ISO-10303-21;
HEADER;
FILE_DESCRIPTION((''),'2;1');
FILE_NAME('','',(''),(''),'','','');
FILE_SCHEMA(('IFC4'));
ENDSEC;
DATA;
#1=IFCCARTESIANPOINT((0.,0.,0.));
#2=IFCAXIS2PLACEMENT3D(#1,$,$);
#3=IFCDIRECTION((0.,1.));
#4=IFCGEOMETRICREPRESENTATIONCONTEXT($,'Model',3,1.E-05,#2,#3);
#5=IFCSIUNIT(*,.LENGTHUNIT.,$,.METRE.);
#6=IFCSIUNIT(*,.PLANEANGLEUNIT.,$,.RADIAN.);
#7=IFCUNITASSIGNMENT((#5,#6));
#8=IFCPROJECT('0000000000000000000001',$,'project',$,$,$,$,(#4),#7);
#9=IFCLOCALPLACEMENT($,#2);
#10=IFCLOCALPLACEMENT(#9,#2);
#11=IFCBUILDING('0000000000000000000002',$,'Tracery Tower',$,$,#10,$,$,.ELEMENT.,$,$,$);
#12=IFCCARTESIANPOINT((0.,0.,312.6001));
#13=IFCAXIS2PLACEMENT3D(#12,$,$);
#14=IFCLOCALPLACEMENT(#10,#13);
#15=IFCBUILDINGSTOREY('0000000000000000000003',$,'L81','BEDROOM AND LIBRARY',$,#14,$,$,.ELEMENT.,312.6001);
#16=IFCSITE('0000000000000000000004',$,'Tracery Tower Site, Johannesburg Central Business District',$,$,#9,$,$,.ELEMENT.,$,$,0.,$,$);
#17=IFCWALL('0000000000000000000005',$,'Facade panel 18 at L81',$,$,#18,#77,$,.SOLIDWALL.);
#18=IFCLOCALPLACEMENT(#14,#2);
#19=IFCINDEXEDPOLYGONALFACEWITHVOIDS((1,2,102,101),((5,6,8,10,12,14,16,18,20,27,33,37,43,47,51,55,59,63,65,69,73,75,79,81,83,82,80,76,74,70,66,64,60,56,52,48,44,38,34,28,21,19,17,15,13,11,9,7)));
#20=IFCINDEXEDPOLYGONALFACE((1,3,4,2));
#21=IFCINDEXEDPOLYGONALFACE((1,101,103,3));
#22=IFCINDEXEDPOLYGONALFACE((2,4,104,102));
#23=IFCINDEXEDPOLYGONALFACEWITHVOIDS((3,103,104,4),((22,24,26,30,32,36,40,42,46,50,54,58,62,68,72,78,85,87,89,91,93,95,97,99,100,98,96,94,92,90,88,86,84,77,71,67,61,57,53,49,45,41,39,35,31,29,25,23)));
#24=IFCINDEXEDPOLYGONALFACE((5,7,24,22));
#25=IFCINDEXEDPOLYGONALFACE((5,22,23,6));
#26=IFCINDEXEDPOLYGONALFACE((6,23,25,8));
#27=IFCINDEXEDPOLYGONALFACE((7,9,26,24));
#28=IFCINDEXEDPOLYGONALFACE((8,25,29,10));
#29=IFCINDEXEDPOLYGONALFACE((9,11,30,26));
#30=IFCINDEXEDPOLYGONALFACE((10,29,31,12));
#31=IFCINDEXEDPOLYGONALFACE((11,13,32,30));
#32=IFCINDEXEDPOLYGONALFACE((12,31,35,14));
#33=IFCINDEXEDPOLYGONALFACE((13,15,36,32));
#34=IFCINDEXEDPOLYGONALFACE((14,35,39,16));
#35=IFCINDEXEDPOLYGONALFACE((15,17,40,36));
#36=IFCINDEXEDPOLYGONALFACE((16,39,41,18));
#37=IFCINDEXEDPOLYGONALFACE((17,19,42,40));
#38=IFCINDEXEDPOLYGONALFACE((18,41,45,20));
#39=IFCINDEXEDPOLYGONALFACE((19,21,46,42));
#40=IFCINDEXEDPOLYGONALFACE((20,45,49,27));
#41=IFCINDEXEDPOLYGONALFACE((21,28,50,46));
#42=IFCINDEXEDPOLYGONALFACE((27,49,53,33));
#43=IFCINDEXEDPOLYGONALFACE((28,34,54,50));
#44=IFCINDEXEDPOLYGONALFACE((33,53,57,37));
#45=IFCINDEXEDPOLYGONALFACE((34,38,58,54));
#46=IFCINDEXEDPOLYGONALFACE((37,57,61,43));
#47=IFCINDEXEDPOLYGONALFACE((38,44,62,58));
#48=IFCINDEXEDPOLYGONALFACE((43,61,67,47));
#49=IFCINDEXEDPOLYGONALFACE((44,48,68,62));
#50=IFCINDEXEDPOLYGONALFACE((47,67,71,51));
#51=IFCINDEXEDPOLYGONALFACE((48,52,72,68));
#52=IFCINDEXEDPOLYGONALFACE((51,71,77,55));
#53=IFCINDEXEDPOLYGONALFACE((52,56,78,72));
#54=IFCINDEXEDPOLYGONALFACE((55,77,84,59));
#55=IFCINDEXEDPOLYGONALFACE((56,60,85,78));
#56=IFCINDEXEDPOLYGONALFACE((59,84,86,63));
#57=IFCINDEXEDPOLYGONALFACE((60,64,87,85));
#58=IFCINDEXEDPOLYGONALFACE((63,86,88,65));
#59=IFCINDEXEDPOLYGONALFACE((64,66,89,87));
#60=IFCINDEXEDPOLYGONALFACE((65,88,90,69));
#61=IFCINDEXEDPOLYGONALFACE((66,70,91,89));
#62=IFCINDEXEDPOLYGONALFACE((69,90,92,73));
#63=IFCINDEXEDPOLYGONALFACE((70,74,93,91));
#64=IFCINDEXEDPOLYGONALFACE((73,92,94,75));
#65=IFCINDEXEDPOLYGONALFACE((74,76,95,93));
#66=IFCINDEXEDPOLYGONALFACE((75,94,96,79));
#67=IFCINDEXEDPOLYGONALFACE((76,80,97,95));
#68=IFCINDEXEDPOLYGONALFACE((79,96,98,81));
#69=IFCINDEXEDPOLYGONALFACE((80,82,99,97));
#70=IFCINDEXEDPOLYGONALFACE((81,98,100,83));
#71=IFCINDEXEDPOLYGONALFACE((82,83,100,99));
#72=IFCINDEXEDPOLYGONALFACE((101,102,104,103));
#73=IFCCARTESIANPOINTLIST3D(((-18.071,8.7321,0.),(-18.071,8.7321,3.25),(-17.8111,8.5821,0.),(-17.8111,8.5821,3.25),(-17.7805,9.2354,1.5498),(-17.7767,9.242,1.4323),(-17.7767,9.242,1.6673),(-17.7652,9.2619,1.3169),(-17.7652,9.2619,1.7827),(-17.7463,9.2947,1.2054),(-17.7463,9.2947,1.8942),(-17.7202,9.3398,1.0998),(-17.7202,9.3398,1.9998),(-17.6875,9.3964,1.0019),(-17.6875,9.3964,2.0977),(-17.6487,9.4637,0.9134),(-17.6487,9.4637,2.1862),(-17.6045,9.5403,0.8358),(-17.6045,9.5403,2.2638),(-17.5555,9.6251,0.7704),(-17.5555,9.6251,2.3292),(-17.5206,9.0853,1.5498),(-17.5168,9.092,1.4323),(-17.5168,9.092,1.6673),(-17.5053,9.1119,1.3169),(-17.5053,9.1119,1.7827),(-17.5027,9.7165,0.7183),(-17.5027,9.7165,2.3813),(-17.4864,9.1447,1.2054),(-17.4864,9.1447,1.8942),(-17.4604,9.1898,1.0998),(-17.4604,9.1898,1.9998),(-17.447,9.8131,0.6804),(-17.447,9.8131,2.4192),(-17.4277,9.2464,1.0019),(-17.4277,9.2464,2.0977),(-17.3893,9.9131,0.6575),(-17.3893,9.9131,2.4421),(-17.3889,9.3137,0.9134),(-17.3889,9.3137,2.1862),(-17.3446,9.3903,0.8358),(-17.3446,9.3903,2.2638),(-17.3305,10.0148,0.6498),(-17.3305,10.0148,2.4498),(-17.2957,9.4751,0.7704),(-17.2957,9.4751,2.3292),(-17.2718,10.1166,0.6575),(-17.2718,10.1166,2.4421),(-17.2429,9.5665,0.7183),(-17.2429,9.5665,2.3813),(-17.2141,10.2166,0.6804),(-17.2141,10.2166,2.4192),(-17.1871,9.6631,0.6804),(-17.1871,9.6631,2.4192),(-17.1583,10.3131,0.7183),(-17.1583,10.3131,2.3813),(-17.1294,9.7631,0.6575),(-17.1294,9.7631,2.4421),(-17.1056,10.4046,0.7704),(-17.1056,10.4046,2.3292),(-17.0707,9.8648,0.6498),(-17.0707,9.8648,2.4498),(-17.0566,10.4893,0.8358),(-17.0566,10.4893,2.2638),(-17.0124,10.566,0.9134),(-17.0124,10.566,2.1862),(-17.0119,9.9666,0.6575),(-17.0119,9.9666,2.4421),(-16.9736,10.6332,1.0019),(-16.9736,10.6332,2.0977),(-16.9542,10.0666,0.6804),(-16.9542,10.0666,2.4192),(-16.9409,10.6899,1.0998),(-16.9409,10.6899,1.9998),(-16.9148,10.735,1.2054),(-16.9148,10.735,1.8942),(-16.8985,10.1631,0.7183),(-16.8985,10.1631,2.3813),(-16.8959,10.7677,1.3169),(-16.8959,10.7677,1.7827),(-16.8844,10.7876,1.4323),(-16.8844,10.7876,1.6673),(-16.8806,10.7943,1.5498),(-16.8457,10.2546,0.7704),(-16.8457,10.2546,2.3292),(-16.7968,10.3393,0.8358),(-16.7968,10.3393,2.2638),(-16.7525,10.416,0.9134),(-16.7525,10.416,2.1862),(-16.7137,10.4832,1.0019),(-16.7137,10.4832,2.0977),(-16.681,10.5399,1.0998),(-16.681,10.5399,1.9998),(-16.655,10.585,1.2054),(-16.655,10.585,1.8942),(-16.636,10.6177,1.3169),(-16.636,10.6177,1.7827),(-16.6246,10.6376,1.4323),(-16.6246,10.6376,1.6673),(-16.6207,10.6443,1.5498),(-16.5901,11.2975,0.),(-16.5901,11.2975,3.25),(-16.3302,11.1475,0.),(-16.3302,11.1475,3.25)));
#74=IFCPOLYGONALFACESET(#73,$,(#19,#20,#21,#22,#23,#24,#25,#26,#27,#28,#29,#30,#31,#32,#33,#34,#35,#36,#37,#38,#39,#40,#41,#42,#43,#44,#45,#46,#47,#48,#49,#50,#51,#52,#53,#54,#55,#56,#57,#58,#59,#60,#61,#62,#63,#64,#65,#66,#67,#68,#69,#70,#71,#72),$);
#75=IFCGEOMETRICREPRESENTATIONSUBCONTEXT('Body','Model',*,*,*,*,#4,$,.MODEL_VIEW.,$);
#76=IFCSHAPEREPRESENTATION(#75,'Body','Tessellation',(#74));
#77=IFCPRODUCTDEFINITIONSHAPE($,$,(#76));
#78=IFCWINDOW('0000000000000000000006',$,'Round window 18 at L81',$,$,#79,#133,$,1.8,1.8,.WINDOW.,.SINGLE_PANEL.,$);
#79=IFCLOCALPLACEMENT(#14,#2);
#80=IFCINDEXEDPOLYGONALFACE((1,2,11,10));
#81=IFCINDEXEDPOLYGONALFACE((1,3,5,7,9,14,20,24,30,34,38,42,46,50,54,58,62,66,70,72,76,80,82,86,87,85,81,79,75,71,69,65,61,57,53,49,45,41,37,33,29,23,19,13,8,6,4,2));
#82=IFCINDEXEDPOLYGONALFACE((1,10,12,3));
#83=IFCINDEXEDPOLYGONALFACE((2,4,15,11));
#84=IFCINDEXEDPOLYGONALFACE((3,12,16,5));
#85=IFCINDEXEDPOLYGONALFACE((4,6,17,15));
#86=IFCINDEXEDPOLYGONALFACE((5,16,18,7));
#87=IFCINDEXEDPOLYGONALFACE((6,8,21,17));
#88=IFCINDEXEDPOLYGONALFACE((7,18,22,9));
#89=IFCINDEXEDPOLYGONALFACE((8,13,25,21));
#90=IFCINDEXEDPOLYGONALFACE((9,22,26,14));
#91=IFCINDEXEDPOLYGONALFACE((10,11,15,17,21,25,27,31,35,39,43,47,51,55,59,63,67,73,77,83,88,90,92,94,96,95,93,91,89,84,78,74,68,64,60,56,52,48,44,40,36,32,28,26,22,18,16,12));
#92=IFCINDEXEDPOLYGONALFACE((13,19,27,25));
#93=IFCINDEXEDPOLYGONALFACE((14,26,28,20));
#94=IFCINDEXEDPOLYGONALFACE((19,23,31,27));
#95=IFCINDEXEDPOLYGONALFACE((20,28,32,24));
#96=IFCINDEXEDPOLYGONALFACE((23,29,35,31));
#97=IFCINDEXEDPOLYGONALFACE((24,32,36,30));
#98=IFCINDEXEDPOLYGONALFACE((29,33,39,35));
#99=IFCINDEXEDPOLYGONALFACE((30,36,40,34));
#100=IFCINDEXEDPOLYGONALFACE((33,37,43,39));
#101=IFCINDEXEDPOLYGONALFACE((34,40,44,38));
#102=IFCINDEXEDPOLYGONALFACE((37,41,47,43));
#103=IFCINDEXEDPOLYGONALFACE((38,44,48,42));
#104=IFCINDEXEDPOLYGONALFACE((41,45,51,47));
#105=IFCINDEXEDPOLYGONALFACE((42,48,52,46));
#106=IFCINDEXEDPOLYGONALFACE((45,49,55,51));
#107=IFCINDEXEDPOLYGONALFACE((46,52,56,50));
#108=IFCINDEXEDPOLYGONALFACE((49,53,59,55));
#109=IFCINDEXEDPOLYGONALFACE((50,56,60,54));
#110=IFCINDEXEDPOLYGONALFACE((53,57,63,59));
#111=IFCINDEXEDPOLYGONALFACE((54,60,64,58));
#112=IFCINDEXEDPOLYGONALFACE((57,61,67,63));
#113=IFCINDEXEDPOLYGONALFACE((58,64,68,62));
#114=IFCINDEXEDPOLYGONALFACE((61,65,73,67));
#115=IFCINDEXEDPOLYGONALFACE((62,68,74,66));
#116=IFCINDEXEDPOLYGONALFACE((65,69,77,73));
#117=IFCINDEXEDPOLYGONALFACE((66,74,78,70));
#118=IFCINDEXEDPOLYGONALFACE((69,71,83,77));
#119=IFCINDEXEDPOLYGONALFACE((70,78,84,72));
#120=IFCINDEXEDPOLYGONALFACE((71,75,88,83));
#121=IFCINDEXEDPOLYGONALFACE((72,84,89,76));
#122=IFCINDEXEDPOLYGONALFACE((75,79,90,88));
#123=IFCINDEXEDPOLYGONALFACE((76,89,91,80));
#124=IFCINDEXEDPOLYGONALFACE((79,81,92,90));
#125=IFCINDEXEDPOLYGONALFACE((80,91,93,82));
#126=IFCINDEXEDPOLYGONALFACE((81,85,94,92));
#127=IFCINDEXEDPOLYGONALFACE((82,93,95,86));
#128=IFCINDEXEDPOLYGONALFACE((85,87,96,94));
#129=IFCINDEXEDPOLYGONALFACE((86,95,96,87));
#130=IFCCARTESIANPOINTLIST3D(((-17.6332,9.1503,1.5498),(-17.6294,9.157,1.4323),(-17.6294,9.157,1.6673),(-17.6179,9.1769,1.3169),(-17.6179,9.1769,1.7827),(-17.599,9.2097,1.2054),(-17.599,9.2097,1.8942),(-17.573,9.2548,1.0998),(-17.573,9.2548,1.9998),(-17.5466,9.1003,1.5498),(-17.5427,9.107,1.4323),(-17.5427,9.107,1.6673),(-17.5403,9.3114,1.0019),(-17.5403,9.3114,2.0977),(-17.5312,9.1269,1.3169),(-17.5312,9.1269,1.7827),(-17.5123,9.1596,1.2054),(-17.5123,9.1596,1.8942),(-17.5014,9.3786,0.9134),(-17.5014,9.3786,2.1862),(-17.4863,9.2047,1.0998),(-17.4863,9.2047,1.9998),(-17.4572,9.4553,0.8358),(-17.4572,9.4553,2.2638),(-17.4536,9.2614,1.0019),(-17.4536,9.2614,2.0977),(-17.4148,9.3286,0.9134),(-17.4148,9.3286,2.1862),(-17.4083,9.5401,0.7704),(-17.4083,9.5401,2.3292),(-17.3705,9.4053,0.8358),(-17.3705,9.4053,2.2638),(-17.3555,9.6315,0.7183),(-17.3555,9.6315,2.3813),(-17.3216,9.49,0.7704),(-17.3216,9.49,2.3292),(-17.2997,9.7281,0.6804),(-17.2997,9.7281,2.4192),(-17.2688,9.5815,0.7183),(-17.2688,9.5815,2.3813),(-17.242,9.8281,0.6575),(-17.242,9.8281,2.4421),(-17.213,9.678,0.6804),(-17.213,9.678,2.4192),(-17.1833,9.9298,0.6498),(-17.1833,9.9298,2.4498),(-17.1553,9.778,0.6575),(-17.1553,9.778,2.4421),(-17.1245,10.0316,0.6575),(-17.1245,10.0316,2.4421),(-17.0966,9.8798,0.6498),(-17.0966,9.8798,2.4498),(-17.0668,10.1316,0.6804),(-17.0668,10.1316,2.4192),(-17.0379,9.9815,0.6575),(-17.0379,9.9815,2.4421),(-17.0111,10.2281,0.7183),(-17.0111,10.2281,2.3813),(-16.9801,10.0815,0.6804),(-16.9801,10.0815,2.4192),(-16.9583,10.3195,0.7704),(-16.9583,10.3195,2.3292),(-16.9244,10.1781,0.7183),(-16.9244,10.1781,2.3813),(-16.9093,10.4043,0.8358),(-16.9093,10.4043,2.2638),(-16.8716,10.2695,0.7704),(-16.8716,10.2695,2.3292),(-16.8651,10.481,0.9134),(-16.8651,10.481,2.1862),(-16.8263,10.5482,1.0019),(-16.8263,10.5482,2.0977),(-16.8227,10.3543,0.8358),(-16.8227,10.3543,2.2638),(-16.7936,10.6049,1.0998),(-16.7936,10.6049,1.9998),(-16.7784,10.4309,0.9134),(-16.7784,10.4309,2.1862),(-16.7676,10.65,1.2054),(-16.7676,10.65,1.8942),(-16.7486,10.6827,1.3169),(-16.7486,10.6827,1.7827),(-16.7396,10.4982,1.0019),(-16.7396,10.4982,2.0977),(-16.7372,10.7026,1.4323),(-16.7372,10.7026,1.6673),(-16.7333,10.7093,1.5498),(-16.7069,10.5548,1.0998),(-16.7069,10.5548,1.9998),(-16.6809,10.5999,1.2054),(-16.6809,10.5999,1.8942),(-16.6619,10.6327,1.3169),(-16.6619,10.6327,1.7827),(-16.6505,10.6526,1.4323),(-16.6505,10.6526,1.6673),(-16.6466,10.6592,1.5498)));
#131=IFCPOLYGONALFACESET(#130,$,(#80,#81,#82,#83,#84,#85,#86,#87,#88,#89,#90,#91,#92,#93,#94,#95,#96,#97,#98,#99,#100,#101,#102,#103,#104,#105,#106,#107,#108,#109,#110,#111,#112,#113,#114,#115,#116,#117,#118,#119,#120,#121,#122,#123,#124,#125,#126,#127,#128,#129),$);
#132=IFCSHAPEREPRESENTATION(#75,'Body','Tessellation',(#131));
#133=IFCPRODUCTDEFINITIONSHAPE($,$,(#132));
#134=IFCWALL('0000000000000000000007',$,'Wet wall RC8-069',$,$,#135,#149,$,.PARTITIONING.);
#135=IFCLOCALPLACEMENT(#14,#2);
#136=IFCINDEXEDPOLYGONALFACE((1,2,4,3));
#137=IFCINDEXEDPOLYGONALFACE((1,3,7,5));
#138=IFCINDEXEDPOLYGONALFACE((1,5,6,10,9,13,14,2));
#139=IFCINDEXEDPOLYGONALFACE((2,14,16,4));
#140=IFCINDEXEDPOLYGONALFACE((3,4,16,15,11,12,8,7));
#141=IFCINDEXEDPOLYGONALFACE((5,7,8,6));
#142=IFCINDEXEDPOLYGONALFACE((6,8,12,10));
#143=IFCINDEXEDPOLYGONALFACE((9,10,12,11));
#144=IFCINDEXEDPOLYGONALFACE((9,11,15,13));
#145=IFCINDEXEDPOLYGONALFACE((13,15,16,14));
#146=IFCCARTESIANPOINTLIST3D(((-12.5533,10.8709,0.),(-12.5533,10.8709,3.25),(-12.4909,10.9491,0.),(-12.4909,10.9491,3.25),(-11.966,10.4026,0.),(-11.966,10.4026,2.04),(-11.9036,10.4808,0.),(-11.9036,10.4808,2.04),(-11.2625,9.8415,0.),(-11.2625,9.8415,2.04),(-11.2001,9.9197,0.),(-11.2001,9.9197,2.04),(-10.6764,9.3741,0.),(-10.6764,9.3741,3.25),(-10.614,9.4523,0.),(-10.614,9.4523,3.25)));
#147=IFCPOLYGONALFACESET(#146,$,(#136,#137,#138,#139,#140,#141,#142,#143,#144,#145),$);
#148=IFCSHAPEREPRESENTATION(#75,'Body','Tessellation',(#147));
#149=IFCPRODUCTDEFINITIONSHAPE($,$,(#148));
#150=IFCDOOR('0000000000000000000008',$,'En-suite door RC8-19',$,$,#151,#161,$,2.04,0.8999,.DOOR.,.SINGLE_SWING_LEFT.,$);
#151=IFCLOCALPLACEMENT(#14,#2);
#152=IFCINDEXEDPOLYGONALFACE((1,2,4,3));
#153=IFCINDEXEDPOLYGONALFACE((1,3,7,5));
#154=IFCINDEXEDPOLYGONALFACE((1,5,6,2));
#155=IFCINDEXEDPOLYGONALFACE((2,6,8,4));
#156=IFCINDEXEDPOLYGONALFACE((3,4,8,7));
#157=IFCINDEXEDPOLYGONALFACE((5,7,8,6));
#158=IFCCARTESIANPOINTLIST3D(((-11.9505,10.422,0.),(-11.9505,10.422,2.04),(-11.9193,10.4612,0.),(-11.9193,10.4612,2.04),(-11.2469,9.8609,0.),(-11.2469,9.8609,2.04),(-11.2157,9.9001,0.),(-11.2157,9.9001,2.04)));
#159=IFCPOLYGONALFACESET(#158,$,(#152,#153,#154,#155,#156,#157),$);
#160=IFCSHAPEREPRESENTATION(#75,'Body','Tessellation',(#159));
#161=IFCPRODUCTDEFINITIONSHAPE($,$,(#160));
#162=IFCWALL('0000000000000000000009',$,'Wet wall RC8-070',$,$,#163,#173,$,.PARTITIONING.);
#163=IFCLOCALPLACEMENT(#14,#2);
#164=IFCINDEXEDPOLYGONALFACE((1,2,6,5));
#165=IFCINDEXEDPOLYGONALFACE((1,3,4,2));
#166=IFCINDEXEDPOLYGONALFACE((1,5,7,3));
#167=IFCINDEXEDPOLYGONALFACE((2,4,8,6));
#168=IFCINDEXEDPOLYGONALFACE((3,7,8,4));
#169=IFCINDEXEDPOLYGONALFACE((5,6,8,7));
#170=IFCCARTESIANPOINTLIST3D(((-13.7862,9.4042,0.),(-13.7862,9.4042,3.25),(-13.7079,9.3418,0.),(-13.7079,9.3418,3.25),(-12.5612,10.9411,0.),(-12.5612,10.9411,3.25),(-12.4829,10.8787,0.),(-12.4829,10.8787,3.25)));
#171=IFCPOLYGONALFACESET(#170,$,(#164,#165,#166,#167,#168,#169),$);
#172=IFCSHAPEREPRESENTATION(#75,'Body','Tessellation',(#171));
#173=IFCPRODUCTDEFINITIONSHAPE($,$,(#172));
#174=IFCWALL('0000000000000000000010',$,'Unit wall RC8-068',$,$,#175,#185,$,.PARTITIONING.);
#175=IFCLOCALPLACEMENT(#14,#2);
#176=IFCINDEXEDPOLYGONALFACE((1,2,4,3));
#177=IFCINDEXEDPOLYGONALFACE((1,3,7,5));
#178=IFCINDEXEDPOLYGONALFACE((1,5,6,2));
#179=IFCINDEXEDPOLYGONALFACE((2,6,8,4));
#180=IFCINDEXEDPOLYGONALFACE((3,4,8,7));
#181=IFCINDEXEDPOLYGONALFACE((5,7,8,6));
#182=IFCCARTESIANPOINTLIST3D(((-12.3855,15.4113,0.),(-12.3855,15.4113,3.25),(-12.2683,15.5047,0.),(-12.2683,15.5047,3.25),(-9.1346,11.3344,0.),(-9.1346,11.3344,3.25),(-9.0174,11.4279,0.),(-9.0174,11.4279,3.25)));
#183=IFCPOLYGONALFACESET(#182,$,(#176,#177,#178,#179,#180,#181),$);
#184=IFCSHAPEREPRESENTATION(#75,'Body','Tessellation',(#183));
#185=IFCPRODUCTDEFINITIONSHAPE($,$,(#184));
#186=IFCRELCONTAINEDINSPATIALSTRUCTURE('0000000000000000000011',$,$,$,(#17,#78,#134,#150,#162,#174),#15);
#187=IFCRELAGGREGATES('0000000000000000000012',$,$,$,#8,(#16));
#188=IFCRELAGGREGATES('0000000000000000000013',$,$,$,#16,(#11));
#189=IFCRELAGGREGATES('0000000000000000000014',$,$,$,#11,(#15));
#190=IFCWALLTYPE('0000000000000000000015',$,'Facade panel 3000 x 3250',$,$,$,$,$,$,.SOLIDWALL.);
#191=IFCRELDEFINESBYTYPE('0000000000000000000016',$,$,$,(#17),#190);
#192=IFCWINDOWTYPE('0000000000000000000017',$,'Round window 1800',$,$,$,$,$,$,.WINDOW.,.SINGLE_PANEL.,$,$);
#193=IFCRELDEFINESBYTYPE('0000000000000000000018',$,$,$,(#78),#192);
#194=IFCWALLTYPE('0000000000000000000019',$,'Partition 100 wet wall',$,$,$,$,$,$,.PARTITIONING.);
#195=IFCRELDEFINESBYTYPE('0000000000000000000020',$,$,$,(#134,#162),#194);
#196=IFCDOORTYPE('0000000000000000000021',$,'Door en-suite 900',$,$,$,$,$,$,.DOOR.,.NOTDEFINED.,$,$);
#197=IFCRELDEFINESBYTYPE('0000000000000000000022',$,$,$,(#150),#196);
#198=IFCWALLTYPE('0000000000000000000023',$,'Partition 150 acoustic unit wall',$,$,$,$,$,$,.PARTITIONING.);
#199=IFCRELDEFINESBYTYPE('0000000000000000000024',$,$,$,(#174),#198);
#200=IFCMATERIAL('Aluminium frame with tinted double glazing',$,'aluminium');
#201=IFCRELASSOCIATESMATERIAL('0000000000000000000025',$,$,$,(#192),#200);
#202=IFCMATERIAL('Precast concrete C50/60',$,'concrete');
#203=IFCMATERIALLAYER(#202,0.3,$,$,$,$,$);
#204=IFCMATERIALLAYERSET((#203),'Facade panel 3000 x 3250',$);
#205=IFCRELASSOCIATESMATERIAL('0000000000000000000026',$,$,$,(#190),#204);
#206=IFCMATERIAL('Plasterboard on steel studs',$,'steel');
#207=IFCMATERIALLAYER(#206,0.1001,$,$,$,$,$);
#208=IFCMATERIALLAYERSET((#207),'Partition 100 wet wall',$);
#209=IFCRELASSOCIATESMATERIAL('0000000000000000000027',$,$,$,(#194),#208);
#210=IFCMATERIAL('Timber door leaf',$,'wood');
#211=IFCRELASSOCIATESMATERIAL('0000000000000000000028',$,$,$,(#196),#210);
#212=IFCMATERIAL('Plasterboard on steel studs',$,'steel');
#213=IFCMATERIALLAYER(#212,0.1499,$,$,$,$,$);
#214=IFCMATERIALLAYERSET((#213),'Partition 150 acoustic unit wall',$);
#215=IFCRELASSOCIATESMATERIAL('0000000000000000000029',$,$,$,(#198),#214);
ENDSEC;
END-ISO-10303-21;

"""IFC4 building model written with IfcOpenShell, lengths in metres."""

from ifc_helpers import new_model, si_unit, direction, frame, frame_2d, origin, origin_2d, place, context, subcontext, project, spatial, rectangle, circle, extrude, material, layer, layer_set, type_object, element, fill, save


model = new_model("IFC4")

# Units and contexts
model_context = context("Model", 3, precision=1e-05, world=origin(), true_north=direction((0.0, 1.0)))
body_context = subcontext(model_context, "Body", "Model", "MODEL_VIEW")
ifc_project = project(units=[si_unit("LENGTHUNIT", "METRE"), si_unit("PLANEANGLEUNIT", "RADIAN")], contexts=[model_context])

# Site, building, storey
site_placement = place(None, origin())
site = spatial("IfcSite", under=ifc_project, at=site_placement, Name="Tracery Tower Site, Johannesburg Central Business District", CompositionType="ELEMENT", RefElevation=0.0)
building_placement = place(site_placement, origin())
building = spatial("IfcBuilding", under=site, at=building_placement, Name="Tracery Tower", CompositionType="ELEMENT")
storey_placement = place(building_placement, frame((0.0, 0.0, 312.6001)))
storey = spatial("IfcBuildingStorey", under=building, at=storey_placement, Name="L81", Description="BEDROOM AND LIBRARY", CompositionType="ELEMENT", Elevation=312.6001)

# Wall, opening, window
ifc_material_1 = material(Name="Aluminium frame with tinted double glazing", Category="aluminium")
window_type = type_object("IfcWindowType", Name="Round window 1800", PartitioningType="SINGLE_PANEL", PredefinedType="WINDOW", material=ifc_material_1)
ifc_material_2 = material(Name="Precast concrete C50/60", Category="concrete")
ifc_layer_1 = layer(ifc_material_2, 0.3)
ifc_layer_set_1 = layer_set([ifc_layer_1], Name="Facade panel 3000 x 3250")
wall_type_1 = type_object("IfcWallType", Name="Facade panel 3000 x 3250", PredefinedType="SOLIDWALL", material=ifc_layer_set_1)
wall_1_placement = place(storey_placement, frame((-16.4602, 11.2224, 0.0), z_axis=(0.0, 0.0, 1.0), x_axis=(-0.499951, -0.866054, 0.0)))
wall_1 = element("IfcWall", 1, at=wall_1_placement, inside=storey, type_object=wall_type_1, Name="Facade panel 18 at L81", PredefinedType="SOLIDWALL", context=body_context, shape_type="SweptSolid", body=[
    extrude(rectangle(XDim=2.9622, YDim=0.3, at=frame_2d((1.481, 0.0))), origin(), (0.0, 0.0, 1.0), 3.25),
])
opening_1_placement = place(wall_1_placement, frame((1.481, 0.0, 1.5498)))
opening_1 = element("IfcOpeningElement", 2, at=opening_1_placement, cuts=wall_1, PredefinedType="OPENING", context=body_context, shape_type="SweptSolid", body=[
    extrude(circle(Radius=0.9, at=origin_2d()), frame((0.0, 0.1599, 0.0), z_axis=(0.0, -1.0, 0.0), x_axis=(1.0, 0.0, 0.0)), (0.0, 0.0, 1.0), 0.3201),
])
window_1_placement = place(opening_1_placement, origin())
window_1 = element("IfcWindow", 3, at=window_1_placement, inside=storey, type_object=window_type, Name="Round window 18 at L81", OverallHeight=1.8, OverallWidth=1.8, PartitioningType="SINGLE_PANEL", PredefinedType="WINDOW", context=body_context, shape_type="SweptSolid", body=[
    extrude(circle(Radius=0.9, at=origin_2d()), frame((0.0, 0.1201, 0.0), z_axis=(0.0, -1.0, 0.0), x_axis=(1.0, 0.0, 0.0)), (0.0, 0.0, 1.0), 0.1001),
])
fill(opening_1, window_1)

# Wall, opening, door
ifc_material_3 = material(Name="Plasterboard on steel studs", Category="steel")
ifc_layer_2 = layer(ifc_material_3, 0.1001)
ifc_layer_set_2 = layer_set([ifc_layer_2], Name="Partition 100 wet wall")
wall_type_2 = type_object("IfcWallType", Name="Partition 100 wet wall", PredefinedType="PARTITIONING", material=ifc_layer_set_2)
wall_2_placement = place(storey_placement, frame((-12.522, 10.9099, 0.0), z_axis=(0.0, 0.0, 1.0), x_axis=(0.78183, -0.623491, 0.0)))
wall_2 = element("IfcWall", 4, at=wall_2_placement, inside=storey, type_object=wall_type_2, Name="Wet wall RC8-069", PredefinedType="PARTITIONING", context=body_context, shape_type="SweptSolid", body=[
    extrude(rectangle(XDim=2.4006, YDim=0.1001, at=frame_2d((1.2002, 0.0))), origin(), (0.0, 0.0, 1.0), 3.25),
])
opening_2_placement = place(wall_2_placement, frame((0.751, 0.0, 0.0)))
opening_2 = element("IfcOpeningElement", 5, at=opening_2_placement, cuts=wall_2, PredefinedType="OPENING", context=body_context, shape_type="SweptSolid", body=[
    extrude(rectangle(XDim=0.8999, YDim=2.04, at=frame_2d((0.45, 1.02))), frame((0.0, 0.05, 0.0), z_axis=(0.0, -1.0, 0.0), x_axis=(1.0, 0.0, 0.0)), (0.0, 0.0, 1.0), 0.1001),
])
ifc_material_4 = material(Name="Timber door leaf", Category="wood")
door_type_1 = type_object("IfcDoorType", Name="Door en-suite 900", OperationType="NOTDEFINED", PredefinedType="DOOR", material=ifc_material_4)
door_1_placement = place(opening_2_placement, origin())
door_1 = element("IfcDoor", 6, at=door_1_placement, inside=storey, type_object=door_type_1, Name="En-suite door RC8-19", OperationType="SINGLE_SWING_LEFT", OverallHeight=2.04, OverallWidth=0.8999, PredefinedType="DOOR", context=body_context, shape_type="SweptSolid", body=[
    extrude(rectangle(XDim=0.8999, YDim=2.04, at=frame_2d((0.45, 1.02))), frame((0.0, 0.0249, 0.0), z_axis=(0.0, -1.0, 0.0), x_axis=(1.0, 0.0, 0.0)), (0.0, 0.0, 1.0), 0.05),
])
fill(opening_2, door_1)

# Walls
wall_3_placement = place(storey_placement, frame((-13.7471, 9.373, 0.0), z_axis=(0.0, 0.0, 1.0), x_axis=(0.623331, 0.781958, 0.0)))
element("IfcWall", 7, at=wall_3_placement, inside=storey, type_object=wall_type_2, Name="Wet wall RC8-070", PredefinedType="PARTITIONING", context=body_context, shape_type="SweptSolid", body=[
    extrude(rectangle(XDim=1.9653, YDim=0.1001, at=frame_2d((0.9827, 0.0))), origin(), (0.0, 0.0, 1.0), 3.25),
])
ifc_material_5 = material(Name="Plasterboard on steel studs", Category="steel")
ifc_layer_3 = layer(ifc_material_5, 0.1499)
ifc_layer_set_3 = layer_set([ifc_layer_3], Name="Partition 150 acoustic unit wall")
wall_type_3 = type_object("IfcWallType", Name="Partition 150 acoustic unit wall", PredefinedType="PARTITIONING", material=ifc_layer_set_3)
wall_4_placement = place(storey_placement, frame((-12.3269, 15.458, 0.0), z_axis=(0.0, 0.0, 1.0), x_axis=(0.623461, -0.781854, 0.0)))
element("IfcWall", 8, at=wall_4_placement, inside=storey, type_object=wall_type_3, Name="Unit wall RC8-068", PredefinedType="PARTITIONING", context=body_context, shape_type="SweptSolid", body=[
    extrude(rectangle(XDim=5.2144, YDim=0.1499, at=frame_2d((2.6072, 0.0))), origin(), (0.0, 0.0, 1.0), 3.25),
])

save(model, "model.ifc")
